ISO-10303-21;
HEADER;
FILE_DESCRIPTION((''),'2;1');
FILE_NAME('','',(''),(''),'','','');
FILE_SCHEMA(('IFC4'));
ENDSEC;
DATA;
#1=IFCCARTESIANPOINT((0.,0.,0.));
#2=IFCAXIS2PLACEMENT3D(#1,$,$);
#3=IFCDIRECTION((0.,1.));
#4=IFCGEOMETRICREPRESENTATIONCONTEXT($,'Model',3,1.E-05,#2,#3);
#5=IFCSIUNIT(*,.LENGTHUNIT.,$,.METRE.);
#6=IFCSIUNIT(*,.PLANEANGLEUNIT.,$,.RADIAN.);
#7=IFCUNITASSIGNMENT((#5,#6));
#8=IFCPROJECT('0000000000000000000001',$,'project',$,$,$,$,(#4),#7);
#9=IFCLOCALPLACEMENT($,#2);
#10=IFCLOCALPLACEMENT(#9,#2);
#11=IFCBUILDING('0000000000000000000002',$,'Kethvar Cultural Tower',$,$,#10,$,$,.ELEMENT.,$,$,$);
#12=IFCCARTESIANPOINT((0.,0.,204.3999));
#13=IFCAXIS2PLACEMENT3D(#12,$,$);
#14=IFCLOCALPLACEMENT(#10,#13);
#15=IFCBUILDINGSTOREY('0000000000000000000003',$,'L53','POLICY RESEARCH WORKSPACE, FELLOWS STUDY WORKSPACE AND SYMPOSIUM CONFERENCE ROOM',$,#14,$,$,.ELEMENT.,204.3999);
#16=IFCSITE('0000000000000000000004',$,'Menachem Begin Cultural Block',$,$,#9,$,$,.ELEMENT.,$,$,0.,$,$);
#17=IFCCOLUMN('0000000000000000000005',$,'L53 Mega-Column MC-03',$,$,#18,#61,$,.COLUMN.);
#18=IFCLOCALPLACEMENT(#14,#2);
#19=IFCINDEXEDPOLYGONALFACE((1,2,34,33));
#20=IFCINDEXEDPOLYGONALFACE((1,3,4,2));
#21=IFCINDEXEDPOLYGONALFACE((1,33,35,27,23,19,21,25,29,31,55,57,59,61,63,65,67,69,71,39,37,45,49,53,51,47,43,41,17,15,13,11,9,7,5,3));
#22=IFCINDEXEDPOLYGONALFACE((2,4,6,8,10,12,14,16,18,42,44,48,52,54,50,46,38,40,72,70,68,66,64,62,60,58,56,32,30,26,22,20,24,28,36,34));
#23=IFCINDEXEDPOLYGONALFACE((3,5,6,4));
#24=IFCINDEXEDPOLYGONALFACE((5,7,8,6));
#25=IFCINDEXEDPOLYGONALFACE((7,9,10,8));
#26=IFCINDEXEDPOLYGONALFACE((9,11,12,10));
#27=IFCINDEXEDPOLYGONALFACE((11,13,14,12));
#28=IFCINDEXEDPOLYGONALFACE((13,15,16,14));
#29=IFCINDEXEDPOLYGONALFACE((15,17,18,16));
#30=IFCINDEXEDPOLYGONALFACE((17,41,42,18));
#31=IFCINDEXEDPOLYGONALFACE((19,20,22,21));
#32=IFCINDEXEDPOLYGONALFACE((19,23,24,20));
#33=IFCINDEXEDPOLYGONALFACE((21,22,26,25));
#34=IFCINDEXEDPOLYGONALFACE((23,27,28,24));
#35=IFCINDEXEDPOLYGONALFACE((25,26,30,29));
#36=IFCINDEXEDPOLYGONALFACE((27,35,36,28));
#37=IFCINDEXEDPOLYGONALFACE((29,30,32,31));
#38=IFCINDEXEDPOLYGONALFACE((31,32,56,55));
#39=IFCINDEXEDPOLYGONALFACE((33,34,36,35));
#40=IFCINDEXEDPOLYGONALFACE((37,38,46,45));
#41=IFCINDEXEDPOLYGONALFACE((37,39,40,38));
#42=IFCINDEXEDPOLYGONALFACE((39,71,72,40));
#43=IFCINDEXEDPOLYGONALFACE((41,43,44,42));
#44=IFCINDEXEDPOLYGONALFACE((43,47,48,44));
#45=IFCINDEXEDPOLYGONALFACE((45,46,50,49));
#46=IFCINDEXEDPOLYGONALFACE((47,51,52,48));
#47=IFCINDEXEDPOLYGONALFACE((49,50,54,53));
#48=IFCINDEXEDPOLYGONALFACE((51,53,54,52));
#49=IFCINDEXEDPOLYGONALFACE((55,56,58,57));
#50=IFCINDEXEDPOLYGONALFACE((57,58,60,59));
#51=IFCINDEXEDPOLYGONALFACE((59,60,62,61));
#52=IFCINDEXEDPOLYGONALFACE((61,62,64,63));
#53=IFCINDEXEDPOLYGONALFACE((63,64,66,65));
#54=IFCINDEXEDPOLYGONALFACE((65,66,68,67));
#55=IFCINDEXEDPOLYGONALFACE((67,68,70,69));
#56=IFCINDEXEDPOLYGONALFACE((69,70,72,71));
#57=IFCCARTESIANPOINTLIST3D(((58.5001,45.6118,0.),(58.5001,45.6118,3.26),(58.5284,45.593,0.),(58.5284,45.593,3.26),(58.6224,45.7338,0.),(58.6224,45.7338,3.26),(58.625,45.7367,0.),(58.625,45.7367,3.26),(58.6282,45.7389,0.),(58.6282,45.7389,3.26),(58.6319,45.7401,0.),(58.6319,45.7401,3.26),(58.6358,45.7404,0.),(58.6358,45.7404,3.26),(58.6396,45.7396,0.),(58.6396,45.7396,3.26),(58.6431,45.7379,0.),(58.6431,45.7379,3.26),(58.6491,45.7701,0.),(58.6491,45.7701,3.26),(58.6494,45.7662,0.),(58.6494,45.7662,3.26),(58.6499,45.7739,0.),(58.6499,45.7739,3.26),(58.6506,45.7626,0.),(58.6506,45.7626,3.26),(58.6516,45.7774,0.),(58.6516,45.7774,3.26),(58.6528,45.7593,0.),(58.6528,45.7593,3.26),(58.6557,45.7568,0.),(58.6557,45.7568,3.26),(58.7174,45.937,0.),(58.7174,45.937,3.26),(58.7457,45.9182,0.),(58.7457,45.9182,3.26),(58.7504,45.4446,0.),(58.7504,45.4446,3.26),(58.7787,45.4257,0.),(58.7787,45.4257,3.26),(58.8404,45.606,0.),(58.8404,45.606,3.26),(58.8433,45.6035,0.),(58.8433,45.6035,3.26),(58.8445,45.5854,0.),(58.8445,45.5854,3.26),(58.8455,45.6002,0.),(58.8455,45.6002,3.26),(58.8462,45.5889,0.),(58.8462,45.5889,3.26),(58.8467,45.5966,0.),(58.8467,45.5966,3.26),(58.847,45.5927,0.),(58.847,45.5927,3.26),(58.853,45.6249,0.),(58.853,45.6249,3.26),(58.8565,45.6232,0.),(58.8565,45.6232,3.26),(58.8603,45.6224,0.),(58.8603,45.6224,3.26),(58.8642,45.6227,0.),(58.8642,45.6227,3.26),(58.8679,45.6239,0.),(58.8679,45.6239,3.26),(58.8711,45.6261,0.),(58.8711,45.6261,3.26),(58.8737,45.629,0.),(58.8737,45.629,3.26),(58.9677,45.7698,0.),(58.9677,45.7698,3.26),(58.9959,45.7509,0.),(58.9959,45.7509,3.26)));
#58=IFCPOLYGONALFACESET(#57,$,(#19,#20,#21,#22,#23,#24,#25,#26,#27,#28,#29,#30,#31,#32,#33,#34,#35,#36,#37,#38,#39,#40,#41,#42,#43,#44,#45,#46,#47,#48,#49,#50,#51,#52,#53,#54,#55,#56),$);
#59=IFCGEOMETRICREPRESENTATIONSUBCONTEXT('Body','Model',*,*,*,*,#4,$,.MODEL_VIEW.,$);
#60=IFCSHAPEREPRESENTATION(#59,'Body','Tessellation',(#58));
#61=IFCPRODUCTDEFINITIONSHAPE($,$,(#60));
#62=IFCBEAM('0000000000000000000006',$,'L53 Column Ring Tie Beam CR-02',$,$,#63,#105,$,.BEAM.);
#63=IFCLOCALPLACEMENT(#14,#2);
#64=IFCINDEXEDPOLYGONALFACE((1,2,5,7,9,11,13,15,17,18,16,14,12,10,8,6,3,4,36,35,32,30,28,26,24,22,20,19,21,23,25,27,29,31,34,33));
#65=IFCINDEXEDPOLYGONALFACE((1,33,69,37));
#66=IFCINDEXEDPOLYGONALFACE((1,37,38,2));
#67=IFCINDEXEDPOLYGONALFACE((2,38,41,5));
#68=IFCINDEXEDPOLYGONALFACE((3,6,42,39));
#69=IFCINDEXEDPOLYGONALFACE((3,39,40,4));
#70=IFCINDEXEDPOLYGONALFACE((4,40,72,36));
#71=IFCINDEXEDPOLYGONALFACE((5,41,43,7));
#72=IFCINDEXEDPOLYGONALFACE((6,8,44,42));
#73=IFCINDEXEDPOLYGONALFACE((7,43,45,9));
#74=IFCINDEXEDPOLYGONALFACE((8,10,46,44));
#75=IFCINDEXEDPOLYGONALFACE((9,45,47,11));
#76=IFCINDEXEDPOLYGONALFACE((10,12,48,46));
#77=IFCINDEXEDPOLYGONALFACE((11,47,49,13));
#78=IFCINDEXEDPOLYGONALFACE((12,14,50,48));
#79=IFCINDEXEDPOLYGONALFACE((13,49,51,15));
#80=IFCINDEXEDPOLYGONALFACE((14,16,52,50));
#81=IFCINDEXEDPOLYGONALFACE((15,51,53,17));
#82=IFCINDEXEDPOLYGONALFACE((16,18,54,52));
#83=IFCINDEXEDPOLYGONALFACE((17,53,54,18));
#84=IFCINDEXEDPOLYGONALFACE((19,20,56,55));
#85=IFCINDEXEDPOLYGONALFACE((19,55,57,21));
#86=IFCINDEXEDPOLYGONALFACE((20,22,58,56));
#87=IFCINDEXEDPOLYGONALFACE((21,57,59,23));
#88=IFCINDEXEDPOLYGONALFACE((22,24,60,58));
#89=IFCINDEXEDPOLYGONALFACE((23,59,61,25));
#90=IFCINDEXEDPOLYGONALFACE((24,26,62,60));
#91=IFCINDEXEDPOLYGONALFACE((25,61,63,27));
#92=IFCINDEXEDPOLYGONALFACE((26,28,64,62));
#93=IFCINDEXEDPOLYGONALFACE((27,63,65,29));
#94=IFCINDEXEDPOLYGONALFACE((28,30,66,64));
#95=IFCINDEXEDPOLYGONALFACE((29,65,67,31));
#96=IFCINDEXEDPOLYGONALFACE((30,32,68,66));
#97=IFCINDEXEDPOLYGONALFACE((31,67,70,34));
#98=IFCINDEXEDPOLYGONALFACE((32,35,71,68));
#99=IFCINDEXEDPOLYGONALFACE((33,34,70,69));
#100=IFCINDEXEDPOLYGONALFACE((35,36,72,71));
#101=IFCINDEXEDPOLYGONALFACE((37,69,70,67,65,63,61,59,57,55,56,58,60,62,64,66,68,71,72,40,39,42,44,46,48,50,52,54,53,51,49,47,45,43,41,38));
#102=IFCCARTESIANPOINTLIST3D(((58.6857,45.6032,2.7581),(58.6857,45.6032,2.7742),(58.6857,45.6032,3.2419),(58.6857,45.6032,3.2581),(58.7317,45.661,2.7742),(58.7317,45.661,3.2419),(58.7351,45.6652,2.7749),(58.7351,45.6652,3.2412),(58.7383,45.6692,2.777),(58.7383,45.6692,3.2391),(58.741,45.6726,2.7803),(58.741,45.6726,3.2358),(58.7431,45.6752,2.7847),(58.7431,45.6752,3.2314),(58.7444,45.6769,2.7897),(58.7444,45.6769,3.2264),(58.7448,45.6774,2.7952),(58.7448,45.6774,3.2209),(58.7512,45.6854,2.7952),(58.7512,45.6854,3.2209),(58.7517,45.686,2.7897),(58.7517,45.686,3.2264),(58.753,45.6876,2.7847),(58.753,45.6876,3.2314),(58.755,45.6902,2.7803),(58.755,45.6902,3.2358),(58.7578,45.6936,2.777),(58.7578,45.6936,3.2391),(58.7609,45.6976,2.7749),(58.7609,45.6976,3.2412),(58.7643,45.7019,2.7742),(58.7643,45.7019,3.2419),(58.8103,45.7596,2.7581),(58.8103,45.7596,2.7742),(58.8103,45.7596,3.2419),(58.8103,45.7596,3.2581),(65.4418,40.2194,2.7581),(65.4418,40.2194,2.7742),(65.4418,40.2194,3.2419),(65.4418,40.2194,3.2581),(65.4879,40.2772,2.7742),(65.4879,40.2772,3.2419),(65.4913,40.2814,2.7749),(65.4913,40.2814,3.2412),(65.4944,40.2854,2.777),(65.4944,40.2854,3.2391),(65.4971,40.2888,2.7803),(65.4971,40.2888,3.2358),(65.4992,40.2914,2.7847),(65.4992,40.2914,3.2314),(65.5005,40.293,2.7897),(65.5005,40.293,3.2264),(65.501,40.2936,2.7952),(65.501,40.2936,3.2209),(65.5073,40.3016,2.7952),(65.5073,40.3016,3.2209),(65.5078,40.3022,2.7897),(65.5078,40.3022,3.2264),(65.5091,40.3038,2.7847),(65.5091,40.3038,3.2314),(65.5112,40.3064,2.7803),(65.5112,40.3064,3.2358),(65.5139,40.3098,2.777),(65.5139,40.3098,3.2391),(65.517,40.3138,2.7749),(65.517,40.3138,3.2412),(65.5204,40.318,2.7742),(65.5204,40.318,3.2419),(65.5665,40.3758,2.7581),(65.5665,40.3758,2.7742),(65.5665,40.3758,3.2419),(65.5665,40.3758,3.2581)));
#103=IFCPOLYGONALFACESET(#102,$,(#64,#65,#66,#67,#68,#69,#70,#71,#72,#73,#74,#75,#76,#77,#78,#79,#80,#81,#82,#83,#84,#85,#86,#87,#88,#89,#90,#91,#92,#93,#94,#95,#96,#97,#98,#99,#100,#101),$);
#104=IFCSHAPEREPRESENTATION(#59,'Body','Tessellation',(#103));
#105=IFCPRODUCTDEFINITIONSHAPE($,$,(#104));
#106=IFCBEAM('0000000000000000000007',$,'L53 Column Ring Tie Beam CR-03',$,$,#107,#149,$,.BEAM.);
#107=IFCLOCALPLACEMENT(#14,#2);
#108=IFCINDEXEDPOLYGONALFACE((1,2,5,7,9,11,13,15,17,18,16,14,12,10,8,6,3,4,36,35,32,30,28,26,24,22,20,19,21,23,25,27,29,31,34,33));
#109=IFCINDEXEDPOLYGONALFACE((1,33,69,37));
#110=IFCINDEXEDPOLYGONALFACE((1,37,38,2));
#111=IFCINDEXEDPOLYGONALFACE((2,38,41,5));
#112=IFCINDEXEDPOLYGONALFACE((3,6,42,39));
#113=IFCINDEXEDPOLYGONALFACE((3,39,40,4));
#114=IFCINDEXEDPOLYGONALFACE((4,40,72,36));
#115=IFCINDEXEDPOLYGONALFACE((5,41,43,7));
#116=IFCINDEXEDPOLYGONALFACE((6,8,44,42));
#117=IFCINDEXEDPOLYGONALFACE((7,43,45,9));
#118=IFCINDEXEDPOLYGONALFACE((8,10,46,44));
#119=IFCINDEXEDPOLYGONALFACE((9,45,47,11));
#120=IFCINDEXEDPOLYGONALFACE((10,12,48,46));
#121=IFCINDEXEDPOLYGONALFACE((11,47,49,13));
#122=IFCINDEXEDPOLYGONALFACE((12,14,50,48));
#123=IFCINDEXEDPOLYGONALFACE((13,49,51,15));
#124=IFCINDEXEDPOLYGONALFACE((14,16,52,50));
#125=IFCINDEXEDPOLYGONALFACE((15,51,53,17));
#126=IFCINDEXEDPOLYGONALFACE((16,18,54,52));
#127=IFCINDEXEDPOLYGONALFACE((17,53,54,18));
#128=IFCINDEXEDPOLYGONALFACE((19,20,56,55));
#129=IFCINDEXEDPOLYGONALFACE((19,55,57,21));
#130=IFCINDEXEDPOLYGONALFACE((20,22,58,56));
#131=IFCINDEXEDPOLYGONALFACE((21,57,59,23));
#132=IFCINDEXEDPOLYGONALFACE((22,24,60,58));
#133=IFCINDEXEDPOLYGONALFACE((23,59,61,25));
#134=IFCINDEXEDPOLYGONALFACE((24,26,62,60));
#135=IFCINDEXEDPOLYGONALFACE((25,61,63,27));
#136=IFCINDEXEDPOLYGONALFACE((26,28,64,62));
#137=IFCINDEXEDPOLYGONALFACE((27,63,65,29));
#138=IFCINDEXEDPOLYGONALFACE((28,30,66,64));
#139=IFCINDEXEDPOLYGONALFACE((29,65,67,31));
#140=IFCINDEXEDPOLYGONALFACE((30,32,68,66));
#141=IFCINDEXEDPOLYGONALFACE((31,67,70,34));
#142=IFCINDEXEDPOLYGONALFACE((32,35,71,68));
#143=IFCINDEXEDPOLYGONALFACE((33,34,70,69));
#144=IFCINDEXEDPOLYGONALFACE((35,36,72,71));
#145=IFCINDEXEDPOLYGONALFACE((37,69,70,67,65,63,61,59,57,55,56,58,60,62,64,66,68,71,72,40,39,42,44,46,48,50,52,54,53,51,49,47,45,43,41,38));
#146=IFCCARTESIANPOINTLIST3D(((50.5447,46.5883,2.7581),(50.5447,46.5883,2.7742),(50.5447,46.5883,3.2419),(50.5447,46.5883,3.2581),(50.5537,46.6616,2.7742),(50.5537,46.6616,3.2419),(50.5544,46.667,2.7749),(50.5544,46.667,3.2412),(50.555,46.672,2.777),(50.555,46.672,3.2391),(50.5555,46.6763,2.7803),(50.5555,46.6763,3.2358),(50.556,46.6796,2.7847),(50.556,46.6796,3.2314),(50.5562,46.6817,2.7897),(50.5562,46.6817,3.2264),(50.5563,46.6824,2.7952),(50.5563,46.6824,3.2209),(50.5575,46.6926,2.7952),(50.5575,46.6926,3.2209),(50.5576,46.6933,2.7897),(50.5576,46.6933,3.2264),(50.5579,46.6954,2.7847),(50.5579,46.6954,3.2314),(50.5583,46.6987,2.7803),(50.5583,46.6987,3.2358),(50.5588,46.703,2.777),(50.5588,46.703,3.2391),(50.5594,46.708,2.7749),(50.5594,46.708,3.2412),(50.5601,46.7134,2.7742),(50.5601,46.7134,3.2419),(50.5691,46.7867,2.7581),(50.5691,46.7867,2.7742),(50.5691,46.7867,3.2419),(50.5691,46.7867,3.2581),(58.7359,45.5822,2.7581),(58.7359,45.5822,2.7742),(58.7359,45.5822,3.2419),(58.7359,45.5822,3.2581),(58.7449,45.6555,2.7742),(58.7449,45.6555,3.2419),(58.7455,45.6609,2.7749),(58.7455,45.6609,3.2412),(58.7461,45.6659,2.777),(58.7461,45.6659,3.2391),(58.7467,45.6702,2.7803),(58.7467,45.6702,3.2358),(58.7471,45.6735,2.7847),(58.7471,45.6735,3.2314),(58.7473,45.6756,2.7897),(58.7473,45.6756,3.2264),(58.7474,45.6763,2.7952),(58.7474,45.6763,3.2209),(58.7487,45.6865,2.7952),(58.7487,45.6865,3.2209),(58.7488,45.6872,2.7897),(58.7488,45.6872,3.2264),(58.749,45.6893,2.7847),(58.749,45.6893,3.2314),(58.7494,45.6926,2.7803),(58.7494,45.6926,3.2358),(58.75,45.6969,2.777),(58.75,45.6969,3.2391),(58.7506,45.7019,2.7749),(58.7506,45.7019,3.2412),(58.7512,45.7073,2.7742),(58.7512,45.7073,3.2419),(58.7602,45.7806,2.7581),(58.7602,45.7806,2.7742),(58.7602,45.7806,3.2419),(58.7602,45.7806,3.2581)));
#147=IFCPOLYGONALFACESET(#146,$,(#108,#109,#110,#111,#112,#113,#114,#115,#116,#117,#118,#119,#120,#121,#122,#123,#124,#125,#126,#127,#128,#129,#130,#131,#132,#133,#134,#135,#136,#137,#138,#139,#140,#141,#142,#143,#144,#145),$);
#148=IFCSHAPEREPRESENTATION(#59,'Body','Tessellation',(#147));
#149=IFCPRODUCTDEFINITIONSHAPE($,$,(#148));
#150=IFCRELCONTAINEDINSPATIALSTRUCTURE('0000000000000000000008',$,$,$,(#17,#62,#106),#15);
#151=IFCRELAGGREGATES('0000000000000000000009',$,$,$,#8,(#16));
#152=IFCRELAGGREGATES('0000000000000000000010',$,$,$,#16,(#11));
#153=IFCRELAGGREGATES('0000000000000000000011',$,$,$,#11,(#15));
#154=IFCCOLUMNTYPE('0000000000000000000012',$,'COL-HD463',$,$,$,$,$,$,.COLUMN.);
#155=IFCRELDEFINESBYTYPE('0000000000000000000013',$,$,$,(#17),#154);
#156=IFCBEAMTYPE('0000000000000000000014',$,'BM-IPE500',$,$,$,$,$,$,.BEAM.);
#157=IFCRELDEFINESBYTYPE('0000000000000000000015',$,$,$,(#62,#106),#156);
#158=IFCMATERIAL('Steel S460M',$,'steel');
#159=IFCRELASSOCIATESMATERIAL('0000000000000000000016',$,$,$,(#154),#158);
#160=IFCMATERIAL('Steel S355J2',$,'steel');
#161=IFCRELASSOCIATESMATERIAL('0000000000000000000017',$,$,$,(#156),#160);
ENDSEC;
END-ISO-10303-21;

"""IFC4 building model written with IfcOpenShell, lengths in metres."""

from ifc_helpers import new_model, si_unit, direction, frame, origin, origin_2d, place, context, subcontext, project, spatial, i_section, extrude, source, transform, mapped, material, material_profile, profile_set, type_object, element, save


model = new_model("IFC4")

# Units and contexts
model_context = context("Model", 3, precision=1e-05, world=origin(), true_north=direction((0.0, 1.0)))
body_context = subcontext(model_context, "Body", "Model", "MODEL_VIEW")
ifc_project = project(units=[si_unit("LENGTHUNIT", "METRE"), si_unit("PLANEANGLEUNIT", "RADIAN")], contexts=[model_context])

# Site, building, storey
site_placement = place(None, origin())
site = spatial("IfcSite", under=ifc_project, at=site_placement, Name="Menachem Begin Cultural Block", CompositionType="ELEMENT", RefElevation=0.0)
building_placement = place(site_placement, origin())
building = spatial("IfcBuilding", under=site, at=building_placement, Name="Kethvar Cultural Tower", CompositionType="ELEMENT")
storey_placement = place(building_placement, frame((0.0, 0.0, 204.3999)))
storey = spatial("IfcBuildingStorey", under=building, at=storey_placement, Name="L53", Description="POLICY RESEARCH WORKSPACE, FELLOWS STUDY WORKSPACE AND SYMPOSIUM CONFERENCE ROOM", CompositionType="ELEMENT", Elevation=204.3999)

# Column
ifc_material_1 = material(Name="Steel S460M", Category="steel")
ifc_material_profile_1 = material_profile(ifc_material_1, i_section(OverallWidth=0.3911, OverallDepth=0.335, WebThickness=0.0227, FlangeThickness=0.0339, FilletRadius=0.0149, at=origin_2d()), Name="Steel S460M — HD400x463")
ifc_profile_set_1 = profile_set([ifc_material_profile_1], Name="Steel S460M — HD400x463")
column_type = type_object("IfcColumnType", Name="COL-HD463", PredefinedType="COLUMN", material=ifc_profile_set_1)
shared_shape_1 = source(origin(), body_context, "Body", "SweptSolid", [
    extrude(i_section(OverallWidth=0.3911, OverallDepth=0.335, WebThickness=0.0227, FlangeThickness=0.0339, FilletRadius=0.0149, at=origin_2d()), origin(), (0.0, 0.0, 1.0), 3.26),
])
column_placement = place(storey_placement, frame((58.748, 45.6814, 0.0), z_axis=(0.0, 0.0, 1.0), x_axis=(0.55557, 0.83147, 0.0)))
element("IfcColumn", 1, at=column_placement, inside=storey, type_object=column_type, Name="L53 Mega-Column MC-03", PredefinedType="COLUMN", context=body_context, shape_type="MappedRepresentation", body=[
    mapped(shared_shape_1, transform((0.0, 0.0, 0.0), scale=1.0)),
])

# Beams
ifc_material_2 = material(Name="Steel S355J2", Category="steel")
ifc_material_profile_2 = material_profile(ifc_material_2, i_section(OverallWidth=0.2, OverallDepth=0.5, WebThickness=0.0103, FlangeThickness=0.0161, FilletRadius=0.021, at=origin_2d()), Name="Steel S355J2 — IPE500")
ifc_profile_set_2 = profile_set([ifc_material_profile_2], Name="Steel S355J2 — IPE500")
beam_type_1 = type_object("IfcBeamType", Name="BM-IPE500", PredefinedType="BEAM", material=ifc_profile_set_2)
shared_shape_2 = source(origin(), body_context, "Body", "SweptSolid", [
    extrude(i_section(OverallWidth=0.2, OverallDepth=0.5, WebThickness=0.0103, FlangeThickness=0.0161, FilletRadius=0.021, at=origin_2d()), origin(), (0.0, 0.0, 1.0), 8.6389),
])
beam_1_placement = place(storey_placement, frame((65.5042, 40.2976, 3.0081), z_axis=(-0.782058, 0.623205, 0.0), x_axis=(-0.623205, -0.782058, 0.0)))
element("IfcBeam", 2, at=beam_1_placement, inside=storey, type_object=beam_type_1, Name="L53 Column Ring Tie Beam CR-02", PredefinedType="BEAM", context=body_context, shape_type="MappedRepresentation", body=[
    mapped(shared_shape_2, transform((0.0, 0.0, 0.0), scale=1.0)),
])
shared_shape_3 = source(origin(), body_context, "Body", "SweptSolid", [
    extrude(i_section(OverallWidth=0.2, OverallDepth=0.5, WebThickness=0.0103, FlangeThickness=0.0161, FilletRadius=0.021, at=origin_2d()), origin(), (0.0, 0.0, 1.0), 8.2527),
])
beam_2_placement = place(storey_placement, frame((58.748, 45.6814, 3.0081), z_axis=(-0.992541, 0.121912, 0.0), x_axis=(-0.121912, -0.992541, 0.0)))
element("IfcBeam", 3, at=beam_2_placement, inside=storey, type_object=beam_type_1, Name="L53 Column Ring Tie Beam CR-03", PredefinedType="BEAM", context=body_context, shape_type="MappedRepresentation", body=[
    mapped(shared_shape_3, transform((0.0, 0.0, 0.0), scale=1.0)),
])

save(model, "model.ifc")
